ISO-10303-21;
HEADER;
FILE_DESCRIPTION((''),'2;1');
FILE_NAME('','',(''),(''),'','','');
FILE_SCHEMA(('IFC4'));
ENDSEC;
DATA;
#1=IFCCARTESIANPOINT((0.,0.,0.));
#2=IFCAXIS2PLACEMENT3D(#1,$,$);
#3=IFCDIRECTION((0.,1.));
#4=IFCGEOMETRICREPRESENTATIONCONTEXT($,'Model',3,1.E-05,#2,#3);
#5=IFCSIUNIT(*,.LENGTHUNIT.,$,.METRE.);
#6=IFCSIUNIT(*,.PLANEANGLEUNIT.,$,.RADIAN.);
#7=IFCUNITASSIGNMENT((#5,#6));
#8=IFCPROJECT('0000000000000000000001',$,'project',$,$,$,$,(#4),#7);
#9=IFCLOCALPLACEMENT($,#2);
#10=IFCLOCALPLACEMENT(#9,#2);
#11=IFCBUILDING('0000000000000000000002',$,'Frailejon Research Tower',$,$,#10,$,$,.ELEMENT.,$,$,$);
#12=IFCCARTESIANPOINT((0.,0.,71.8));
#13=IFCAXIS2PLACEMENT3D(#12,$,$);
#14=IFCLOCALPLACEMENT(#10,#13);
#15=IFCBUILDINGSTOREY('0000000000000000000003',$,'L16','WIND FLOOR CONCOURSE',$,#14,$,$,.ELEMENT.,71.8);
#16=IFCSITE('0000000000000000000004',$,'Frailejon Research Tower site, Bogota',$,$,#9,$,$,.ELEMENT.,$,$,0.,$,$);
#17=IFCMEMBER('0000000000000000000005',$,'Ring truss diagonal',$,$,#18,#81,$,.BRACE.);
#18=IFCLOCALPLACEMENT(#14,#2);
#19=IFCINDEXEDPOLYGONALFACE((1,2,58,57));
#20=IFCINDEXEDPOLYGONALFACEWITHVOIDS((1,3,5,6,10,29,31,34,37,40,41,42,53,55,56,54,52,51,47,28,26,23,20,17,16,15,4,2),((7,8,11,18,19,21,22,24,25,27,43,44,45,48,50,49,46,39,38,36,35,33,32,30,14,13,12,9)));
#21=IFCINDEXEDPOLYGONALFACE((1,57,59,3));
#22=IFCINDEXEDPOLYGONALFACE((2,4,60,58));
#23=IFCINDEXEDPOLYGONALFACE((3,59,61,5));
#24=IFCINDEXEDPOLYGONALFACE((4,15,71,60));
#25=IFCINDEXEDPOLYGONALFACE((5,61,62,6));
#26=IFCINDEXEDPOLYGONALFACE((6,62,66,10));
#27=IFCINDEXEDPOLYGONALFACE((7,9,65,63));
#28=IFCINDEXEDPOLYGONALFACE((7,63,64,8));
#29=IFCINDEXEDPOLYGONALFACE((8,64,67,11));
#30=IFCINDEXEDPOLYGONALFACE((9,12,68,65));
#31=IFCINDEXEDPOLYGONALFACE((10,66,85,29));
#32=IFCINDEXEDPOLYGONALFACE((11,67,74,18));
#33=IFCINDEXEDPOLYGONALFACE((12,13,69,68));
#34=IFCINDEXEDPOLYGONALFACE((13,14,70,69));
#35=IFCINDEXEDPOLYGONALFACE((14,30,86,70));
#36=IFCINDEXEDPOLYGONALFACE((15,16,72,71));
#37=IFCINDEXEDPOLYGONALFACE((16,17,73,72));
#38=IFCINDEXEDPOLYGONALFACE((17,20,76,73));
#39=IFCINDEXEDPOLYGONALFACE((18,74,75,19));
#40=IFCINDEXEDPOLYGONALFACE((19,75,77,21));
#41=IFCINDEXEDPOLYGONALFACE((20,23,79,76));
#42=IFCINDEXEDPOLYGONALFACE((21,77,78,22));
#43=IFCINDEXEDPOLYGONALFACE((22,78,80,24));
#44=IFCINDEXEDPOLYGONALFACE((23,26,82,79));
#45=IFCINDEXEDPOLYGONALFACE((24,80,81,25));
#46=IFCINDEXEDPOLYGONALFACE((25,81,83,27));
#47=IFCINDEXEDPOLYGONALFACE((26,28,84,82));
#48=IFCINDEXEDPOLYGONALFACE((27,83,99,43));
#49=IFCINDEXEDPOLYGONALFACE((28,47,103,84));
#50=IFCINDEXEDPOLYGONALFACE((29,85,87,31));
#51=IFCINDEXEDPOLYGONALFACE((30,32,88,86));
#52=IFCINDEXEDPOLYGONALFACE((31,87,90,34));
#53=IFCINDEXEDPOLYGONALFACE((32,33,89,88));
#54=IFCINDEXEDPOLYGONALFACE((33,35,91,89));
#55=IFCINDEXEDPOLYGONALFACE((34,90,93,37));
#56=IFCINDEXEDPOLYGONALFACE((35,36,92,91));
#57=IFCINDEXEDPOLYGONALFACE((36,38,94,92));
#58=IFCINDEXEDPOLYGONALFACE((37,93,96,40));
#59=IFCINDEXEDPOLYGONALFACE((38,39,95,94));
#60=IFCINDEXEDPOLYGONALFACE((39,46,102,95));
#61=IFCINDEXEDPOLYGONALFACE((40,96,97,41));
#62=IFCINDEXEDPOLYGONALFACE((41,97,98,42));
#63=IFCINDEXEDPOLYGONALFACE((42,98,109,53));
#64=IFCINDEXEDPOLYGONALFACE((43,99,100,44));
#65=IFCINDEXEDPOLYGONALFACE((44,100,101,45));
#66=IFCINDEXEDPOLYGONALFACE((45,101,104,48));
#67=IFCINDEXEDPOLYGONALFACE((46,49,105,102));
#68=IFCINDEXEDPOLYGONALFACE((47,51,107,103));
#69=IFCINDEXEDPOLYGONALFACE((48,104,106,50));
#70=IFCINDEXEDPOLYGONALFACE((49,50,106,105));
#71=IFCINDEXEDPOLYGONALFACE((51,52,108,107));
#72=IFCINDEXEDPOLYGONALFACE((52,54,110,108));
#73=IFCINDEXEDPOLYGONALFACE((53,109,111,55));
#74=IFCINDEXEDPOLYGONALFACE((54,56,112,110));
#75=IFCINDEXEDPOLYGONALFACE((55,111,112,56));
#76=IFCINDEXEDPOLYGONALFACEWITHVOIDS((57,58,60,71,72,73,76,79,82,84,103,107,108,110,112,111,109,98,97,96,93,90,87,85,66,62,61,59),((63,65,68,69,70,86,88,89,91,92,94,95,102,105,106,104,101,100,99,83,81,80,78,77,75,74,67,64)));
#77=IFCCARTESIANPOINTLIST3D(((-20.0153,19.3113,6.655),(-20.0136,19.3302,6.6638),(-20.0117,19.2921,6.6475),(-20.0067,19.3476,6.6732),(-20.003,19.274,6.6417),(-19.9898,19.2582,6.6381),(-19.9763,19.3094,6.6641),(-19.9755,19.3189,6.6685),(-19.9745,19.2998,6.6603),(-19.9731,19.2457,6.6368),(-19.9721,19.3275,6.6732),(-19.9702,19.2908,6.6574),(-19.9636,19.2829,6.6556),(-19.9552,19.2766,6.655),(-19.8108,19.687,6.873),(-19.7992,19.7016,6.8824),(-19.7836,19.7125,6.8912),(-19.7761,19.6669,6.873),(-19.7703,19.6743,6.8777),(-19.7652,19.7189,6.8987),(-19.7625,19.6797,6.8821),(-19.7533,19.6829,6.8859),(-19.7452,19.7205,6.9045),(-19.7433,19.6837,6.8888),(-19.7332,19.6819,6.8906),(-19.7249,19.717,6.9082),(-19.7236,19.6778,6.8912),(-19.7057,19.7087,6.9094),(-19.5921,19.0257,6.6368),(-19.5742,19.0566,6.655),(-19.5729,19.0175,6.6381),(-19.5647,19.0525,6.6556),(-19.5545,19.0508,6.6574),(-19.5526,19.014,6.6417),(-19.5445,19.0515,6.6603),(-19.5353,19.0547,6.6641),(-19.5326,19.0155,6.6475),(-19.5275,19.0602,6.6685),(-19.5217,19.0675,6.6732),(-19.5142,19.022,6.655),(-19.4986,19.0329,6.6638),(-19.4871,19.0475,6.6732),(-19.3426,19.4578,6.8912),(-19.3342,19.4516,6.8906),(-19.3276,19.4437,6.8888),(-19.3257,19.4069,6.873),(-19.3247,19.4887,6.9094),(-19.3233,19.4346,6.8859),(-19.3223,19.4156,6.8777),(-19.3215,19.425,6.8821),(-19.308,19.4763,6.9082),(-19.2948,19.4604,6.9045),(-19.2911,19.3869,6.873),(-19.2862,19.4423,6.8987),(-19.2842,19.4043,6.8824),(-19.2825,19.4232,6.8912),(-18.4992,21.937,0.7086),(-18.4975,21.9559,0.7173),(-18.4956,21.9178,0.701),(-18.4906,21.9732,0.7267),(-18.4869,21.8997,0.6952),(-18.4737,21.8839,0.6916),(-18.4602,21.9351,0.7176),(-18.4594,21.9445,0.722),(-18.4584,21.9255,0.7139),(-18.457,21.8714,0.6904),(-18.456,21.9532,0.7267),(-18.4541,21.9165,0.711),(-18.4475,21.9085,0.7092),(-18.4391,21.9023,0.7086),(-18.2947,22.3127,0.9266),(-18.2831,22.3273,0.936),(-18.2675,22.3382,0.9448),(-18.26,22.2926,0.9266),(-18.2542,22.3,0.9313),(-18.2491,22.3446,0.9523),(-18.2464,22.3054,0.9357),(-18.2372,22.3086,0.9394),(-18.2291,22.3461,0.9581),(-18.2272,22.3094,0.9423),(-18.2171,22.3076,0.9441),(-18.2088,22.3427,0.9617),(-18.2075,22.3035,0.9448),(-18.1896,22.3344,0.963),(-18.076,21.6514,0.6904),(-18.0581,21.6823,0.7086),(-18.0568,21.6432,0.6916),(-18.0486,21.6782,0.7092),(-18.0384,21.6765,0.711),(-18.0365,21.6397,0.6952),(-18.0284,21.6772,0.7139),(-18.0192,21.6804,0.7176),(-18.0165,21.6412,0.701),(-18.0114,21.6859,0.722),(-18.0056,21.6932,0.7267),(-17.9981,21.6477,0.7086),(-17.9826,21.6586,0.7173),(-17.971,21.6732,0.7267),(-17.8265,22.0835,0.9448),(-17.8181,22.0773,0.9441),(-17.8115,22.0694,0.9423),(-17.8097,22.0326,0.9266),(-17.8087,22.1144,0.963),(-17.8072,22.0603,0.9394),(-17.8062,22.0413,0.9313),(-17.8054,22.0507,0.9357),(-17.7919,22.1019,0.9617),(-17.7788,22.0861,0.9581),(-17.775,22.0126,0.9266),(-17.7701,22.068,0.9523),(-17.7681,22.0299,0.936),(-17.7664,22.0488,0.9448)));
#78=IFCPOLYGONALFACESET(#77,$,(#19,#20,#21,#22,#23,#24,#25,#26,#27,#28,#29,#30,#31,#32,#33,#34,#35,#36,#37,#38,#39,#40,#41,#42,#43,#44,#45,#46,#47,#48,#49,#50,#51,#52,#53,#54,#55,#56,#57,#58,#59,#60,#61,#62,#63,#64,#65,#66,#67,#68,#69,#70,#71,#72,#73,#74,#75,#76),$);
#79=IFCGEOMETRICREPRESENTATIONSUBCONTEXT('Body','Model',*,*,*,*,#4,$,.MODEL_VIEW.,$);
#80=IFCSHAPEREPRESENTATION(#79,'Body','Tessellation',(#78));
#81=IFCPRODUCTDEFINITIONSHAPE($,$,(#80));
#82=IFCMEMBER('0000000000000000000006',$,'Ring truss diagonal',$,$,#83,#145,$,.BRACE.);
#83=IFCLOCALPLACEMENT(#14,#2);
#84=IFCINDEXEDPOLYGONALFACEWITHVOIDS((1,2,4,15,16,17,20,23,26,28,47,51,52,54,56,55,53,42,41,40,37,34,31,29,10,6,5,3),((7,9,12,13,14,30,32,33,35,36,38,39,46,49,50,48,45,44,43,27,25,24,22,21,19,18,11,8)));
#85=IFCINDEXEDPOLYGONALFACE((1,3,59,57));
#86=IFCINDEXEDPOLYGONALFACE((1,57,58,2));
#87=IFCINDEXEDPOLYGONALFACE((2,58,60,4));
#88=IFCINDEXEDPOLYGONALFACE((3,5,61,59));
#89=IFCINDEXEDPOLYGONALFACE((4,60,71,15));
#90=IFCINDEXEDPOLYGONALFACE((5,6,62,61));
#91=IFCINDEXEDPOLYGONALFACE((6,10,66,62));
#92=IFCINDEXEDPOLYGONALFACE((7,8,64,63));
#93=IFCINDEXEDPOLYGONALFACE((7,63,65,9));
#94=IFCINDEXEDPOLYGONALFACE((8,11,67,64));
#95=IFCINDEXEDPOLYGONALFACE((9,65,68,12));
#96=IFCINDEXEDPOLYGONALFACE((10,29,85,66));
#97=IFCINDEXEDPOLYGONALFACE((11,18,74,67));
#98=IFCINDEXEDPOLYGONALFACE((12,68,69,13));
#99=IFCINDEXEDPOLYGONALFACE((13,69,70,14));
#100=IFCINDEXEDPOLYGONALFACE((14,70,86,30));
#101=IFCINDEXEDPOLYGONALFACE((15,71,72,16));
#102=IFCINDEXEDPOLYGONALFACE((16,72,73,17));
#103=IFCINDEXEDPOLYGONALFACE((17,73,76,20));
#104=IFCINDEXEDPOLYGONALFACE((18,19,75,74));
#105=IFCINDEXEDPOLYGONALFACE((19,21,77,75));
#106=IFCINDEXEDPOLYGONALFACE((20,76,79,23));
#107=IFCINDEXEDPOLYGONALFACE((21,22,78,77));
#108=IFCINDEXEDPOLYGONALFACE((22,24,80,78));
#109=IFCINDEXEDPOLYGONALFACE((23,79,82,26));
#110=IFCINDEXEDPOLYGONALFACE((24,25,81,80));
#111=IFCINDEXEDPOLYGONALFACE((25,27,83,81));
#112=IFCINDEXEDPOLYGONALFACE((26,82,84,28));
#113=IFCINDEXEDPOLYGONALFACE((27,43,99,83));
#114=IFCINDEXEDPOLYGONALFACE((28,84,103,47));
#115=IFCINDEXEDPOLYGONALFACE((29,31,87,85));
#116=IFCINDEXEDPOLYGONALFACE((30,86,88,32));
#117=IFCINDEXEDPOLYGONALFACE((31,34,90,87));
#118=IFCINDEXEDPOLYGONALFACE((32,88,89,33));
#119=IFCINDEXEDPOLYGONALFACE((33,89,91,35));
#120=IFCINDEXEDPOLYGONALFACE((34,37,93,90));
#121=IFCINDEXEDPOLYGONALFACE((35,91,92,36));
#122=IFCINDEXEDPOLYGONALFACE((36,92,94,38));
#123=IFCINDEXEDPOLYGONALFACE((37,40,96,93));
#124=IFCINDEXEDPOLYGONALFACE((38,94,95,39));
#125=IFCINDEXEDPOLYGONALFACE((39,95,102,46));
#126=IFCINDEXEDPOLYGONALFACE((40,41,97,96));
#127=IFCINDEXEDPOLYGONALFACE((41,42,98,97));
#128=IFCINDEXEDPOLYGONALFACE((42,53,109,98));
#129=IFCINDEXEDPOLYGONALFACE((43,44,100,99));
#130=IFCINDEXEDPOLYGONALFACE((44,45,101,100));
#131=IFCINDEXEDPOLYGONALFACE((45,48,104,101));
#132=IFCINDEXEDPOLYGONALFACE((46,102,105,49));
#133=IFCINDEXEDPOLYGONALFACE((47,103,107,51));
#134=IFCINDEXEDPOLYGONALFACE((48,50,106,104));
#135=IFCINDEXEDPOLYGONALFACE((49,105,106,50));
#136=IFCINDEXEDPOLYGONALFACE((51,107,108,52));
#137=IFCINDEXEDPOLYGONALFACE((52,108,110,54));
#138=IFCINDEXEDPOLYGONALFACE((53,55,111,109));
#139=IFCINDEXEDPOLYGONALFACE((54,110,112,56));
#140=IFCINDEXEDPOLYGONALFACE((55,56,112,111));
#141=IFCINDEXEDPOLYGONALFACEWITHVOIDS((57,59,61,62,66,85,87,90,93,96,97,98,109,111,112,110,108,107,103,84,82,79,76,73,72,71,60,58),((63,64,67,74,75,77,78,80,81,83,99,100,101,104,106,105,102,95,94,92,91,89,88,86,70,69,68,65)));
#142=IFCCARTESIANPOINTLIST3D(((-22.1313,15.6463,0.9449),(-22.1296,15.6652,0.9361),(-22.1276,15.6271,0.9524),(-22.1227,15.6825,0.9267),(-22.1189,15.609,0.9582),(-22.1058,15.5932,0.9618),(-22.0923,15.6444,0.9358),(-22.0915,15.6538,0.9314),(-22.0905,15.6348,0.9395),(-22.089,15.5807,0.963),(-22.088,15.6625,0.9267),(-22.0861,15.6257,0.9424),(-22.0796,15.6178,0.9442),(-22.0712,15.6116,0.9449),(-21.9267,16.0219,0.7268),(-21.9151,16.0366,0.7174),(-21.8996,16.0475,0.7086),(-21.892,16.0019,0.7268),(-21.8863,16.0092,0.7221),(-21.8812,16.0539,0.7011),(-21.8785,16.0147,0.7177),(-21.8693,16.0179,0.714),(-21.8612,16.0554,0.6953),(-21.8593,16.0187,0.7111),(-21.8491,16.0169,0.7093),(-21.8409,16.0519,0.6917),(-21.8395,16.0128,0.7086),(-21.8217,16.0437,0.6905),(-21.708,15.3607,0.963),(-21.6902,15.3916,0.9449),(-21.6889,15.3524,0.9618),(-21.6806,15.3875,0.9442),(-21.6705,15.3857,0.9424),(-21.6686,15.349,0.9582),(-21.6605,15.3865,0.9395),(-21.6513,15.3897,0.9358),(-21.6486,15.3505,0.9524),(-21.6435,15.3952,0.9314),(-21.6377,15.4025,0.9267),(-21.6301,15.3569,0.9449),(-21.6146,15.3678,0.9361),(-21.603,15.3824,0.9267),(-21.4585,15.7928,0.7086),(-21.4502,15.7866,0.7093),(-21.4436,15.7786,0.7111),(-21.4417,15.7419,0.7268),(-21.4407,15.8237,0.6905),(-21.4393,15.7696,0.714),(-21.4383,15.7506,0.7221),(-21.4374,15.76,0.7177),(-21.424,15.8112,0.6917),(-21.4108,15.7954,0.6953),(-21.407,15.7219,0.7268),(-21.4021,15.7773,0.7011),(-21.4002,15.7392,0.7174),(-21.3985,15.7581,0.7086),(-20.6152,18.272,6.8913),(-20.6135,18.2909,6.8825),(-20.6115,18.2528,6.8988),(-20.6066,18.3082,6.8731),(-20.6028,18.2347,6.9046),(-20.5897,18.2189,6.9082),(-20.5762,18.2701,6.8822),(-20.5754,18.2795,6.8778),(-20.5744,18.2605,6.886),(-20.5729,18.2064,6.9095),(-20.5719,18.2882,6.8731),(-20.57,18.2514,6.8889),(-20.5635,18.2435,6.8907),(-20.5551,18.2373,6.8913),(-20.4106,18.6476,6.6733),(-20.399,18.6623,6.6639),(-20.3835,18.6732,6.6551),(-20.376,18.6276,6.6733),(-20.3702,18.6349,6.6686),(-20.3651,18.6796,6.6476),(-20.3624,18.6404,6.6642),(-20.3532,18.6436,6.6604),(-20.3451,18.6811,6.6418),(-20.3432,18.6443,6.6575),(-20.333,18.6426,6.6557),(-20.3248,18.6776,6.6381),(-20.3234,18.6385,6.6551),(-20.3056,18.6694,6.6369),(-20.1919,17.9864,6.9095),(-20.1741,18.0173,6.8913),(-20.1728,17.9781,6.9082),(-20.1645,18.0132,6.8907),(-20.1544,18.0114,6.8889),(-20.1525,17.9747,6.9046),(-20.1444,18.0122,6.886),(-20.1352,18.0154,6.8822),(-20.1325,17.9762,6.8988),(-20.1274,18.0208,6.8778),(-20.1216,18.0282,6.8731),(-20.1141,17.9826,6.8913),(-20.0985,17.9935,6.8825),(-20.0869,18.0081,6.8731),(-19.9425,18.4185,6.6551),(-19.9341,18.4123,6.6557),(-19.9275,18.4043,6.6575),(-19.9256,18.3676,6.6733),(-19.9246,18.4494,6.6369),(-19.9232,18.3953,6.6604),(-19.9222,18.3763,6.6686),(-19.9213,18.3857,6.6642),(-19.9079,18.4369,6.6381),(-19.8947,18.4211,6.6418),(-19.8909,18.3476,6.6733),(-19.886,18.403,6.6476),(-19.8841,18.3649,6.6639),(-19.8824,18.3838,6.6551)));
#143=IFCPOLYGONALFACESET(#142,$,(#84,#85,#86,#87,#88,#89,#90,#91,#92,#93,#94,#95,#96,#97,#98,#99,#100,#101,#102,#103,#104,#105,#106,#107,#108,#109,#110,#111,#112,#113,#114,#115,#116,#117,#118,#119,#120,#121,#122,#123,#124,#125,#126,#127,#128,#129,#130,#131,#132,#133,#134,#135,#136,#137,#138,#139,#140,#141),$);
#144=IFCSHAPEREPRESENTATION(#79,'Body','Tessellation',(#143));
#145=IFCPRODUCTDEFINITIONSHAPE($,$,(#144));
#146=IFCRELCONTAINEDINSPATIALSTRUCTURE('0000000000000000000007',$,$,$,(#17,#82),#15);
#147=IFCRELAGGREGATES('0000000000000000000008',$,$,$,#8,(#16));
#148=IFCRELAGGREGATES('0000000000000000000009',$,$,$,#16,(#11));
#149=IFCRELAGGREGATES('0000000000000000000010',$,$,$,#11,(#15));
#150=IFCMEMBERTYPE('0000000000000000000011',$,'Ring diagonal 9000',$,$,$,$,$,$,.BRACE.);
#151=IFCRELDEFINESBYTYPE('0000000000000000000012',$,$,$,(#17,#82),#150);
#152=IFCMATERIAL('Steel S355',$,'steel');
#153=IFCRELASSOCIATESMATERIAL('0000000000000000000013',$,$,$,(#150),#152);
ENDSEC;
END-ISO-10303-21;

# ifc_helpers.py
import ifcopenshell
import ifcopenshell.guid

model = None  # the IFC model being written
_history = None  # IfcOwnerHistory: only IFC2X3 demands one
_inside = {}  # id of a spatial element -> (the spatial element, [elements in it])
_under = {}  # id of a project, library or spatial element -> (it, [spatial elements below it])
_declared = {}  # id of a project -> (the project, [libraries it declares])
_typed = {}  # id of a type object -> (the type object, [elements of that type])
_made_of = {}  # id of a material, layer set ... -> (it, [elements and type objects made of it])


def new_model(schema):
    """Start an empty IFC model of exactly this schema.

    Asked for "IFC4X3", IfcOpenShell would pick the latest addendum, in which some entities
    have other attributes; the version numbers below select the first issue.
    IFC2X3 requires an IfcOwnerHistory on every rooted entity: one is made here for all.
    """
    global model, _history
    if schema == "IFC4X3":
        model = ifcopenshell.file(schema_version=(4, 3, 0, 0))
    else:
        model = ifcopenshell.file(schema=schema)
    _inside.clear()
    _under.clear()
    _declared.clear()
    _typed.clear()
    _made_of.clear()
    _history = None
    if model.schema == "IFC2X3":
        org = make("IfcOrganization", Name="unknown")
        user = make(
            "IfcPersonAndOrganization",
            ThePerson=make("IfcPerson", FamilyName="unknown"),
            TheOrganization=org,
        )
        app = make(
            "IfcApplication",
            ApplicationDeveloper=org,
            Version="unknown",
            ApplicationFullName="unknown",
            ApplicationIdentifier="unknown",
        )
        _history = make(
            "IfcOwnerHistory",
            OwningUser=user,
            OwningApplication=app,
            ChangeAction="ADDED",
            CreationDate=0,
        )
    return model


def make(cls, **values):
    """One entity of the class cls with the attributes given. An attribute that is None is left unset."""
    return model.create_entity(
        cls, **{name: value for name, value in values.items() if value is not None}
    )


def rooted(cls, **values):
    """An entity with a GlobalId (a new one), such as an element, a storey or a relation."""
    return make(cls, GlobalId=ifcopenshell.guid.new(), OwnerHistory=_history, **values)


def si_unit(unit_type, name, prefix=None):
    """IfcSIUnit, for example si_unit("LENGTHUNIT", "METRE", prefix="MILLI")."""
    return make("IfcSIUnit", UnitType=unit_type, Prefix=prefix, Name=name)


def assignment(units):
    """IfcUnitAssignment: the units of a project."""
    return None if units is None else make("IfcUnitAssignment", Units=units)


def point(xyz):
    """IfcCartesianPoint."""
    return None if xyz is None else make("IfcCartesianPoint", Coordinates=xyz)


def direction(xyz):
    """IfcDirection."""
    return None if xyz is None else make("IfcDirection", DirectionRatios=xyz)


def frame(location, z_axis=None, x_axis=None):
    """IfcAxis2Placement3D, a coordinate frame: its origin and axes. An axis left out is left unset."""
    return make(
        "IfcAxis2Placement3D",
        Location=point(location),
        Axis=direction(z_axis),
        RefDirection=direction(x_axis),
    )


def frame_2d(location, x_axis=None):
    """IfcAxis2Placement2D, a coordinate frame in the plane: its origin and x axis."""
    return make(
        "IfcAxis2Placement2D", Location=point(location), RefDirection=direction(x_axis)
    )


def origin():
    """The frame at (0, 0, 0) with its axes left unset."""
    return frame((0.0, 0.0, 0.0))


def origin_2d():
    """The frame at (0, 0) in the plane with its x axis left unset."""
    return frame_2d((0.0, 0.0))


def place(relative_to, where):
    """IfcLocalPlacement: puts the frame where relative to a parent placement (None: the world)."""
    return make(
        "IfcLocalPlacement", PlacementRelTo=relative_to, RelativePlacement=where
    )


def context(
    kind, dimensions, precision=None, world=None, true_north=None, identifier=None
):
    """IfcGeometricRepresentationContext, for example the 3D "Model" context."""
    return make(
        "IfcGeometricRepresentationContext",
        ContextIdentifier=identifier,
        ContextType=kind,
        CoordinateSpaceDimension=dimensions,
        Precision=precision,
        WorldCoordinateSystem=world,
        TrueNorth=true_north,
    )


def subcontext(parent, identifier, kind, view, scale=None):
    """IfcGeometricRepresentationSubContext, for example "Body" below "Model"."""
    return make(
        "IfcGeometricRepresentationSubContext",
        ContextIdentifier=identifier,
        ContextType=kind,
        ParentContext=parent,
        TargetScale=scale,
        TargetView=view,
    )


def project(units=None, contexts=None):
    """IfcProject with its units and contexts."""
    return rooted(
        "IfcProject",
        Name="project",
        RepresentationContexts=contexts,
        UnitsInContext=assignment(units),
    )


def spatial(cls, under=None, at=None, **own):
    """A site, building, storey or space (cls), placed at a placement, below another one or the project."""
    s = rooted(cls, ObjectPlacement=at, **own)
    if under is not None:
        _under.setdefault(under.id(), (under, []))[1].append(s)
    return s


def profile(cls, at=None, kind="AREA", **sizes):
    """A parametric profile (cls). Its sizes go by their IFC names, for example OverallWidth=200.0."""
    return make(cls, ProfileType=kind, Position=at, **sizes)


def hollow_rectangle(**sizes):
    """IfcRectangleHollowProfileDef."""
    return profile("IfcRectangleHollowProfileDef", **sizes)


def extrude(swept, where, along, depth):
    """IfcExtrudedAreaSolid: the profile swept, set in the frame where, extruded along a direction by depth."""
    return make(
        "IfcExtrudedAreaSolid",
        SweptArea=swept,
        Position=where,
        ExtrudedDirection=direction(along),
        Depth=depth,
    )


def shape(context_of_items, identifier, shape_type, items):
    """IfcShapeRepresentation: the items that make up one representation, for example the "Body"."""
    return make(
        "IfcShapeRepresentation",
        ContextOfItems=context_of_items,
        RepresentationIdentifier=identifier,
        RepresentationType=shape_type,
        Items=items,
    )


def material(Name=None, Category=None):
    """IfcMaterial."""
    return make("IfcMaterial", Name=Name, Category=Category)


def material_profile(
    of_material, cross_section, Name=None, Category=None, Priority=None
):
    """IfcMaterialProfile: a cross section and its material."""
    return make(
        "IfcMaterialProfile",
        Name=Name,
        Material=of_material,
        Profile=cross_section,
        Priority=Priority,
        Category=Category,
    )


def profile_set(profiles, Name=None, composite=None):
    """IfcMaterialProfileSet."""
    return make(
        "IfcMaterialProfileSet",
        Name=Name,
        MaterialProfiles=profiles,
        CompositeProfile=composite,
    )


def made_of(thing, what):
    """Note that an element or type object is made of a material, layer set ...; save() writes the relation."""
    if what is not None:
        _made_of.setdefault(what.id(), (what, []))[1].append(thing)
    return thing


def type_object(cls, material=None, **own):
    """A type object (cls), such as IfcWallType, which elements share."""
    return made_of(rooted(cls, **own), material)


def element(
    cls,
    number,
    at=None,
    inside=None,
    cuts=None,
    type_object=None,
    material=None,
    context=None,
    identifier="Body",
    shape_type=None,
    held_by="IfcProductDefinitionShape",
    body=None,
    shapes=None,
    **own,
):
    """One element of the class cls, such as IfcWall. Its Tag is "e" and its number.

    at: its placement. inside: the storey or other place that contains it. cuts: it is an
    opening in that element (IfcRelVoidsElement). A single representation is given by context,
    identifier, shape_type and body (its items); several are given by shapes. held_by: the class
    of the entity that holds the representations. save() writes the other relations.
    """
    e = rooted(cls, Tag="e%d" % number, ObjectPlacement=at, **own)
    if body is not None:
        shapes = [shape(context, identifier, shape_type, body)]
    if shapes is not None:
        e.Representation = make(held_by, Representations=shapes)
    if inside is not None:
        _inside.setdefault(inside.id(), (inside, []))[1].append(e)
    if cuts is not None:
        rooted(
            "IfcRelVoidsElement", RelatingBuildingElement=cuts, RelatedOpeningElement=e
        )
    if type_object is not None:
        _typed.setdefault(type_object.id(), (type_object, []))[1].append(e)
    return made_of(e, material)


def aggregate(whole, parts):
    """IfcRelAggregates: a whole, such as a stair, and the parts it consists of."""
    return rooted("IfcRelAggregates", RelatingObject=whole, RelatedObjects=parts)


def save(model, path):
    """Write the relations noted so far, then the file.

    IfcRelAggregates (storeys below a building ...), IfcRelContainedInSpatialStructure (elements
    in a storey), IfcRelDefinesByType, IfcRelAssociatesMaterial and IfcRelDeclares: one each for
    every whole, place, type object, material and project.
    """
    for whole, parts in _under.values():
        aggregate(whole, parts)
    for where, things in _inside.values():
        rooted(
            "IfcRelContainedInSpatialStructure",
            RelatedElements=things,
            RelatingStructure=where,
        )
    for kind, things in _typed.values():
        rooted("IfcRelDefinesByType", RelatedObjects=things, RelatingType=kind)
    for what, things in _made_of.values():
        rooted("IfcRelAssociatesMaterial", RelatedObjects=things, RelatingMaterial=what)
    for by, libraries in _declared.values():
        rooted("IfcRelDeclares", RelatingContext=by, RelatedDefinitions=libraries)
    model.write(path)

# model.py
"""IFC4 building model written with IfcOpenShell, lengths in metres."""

from ifc_helpers import new_model, si_unit, direction, frame, origin, origin_2d, place, context, subcontext, project, spatial, hollow_rectangle, extrude, material, material_profile, profile_set, type_object, element, save


model = new_model("IFC4")

# Units and contexts
model_context = context("Model", 3, precision=1e-05, world=origin(), true_north=direction((0.0, 1.0)))
body_context = subcontext(model_context, "Body", "Model", "MODEL_VIEW")
ifc_project = project(units=[si_unit("LENGTHUNIT", "METRE"), si_unit("PLANEANGLEUNIT", "RADIAN")], contexts=[model_context])

# Site, building, storey
site_placement = place(None, origin())
site = spatial("IfcSite", under=ifc_project, at=site_placement, Name="Frailejon Research Tower site, Bogota", CompositionType="ELEMENT", RefElevation=0.0)
building_placement = place(site_placement, origin())
building = spatial("IfcBuilding", under=site, at=building_placement, Name="Frailejon Research Tower", CompositionType="ELEMENT")
storey_placement = place(building_placement, frame((0.0, 0.0, 71.8)))
storey = spatial("IfcBuildingStorey", under=building, at=storey_placement, Name="L16", Description="WIND FLOOR CONCOURSE", CompositionType="ELEMENT", Elevation=71.8)

# Members
ifc_material_1 = material(Name="Steel S355", Category="steel")
ifc_material_profile_1 = material_profile(ifc_material_1, hollow_rectangle(XDim=0.6001, YDim=0.6001, WallThickness=0.04, InnerFilletRadius=0.04, OuterFilletRadius=0.0801, at=origin_2d()), Name="Ring diagonal 9000")
ifc_profile_set_1 = profile_set([ifc_material_profile_1], Name="Steel S355")
member_type = type_object("IfcMemberType", Name="Ring diagonal 9000", PredefinedType="BRACE", material=ifc_profile_set_1)
for number, where, z_axis, x_axis, name in (
    (1, (-18.1328, 21.9929, 0.8267), (-0.227136, -0.393374, 0.890879), (0.866005, -0.500036, 0.0), "Ring truss diagonal"),
    (2, (-20.2488, 18.3279, 6.7732), (-0.227136, -0.393374, -0.890879), (0.866005, -0.500036, 0.0), "Ring truss diagonal"),
):
    element("IfcMember", number, at=place(storey_placement, frame(where, z_axis=z_axis, x_axis=x_axis)), inside=storey, type_object=member_type, Name=name, PredefinedType="BRACE", context=body_context, shape_type="SweptSolid", body=[
        extrude(hollow_rectangle(XDim=0.6001, YDim=0.6001, WallThickness=0.04, InnerFilletRadius=0.04, OuterFilletRadius=0.0801, at=origin_2d()), origin(), (0.0, 0.0, 1.0), 6.6748),
    ])

save(model, "model.ifc")
